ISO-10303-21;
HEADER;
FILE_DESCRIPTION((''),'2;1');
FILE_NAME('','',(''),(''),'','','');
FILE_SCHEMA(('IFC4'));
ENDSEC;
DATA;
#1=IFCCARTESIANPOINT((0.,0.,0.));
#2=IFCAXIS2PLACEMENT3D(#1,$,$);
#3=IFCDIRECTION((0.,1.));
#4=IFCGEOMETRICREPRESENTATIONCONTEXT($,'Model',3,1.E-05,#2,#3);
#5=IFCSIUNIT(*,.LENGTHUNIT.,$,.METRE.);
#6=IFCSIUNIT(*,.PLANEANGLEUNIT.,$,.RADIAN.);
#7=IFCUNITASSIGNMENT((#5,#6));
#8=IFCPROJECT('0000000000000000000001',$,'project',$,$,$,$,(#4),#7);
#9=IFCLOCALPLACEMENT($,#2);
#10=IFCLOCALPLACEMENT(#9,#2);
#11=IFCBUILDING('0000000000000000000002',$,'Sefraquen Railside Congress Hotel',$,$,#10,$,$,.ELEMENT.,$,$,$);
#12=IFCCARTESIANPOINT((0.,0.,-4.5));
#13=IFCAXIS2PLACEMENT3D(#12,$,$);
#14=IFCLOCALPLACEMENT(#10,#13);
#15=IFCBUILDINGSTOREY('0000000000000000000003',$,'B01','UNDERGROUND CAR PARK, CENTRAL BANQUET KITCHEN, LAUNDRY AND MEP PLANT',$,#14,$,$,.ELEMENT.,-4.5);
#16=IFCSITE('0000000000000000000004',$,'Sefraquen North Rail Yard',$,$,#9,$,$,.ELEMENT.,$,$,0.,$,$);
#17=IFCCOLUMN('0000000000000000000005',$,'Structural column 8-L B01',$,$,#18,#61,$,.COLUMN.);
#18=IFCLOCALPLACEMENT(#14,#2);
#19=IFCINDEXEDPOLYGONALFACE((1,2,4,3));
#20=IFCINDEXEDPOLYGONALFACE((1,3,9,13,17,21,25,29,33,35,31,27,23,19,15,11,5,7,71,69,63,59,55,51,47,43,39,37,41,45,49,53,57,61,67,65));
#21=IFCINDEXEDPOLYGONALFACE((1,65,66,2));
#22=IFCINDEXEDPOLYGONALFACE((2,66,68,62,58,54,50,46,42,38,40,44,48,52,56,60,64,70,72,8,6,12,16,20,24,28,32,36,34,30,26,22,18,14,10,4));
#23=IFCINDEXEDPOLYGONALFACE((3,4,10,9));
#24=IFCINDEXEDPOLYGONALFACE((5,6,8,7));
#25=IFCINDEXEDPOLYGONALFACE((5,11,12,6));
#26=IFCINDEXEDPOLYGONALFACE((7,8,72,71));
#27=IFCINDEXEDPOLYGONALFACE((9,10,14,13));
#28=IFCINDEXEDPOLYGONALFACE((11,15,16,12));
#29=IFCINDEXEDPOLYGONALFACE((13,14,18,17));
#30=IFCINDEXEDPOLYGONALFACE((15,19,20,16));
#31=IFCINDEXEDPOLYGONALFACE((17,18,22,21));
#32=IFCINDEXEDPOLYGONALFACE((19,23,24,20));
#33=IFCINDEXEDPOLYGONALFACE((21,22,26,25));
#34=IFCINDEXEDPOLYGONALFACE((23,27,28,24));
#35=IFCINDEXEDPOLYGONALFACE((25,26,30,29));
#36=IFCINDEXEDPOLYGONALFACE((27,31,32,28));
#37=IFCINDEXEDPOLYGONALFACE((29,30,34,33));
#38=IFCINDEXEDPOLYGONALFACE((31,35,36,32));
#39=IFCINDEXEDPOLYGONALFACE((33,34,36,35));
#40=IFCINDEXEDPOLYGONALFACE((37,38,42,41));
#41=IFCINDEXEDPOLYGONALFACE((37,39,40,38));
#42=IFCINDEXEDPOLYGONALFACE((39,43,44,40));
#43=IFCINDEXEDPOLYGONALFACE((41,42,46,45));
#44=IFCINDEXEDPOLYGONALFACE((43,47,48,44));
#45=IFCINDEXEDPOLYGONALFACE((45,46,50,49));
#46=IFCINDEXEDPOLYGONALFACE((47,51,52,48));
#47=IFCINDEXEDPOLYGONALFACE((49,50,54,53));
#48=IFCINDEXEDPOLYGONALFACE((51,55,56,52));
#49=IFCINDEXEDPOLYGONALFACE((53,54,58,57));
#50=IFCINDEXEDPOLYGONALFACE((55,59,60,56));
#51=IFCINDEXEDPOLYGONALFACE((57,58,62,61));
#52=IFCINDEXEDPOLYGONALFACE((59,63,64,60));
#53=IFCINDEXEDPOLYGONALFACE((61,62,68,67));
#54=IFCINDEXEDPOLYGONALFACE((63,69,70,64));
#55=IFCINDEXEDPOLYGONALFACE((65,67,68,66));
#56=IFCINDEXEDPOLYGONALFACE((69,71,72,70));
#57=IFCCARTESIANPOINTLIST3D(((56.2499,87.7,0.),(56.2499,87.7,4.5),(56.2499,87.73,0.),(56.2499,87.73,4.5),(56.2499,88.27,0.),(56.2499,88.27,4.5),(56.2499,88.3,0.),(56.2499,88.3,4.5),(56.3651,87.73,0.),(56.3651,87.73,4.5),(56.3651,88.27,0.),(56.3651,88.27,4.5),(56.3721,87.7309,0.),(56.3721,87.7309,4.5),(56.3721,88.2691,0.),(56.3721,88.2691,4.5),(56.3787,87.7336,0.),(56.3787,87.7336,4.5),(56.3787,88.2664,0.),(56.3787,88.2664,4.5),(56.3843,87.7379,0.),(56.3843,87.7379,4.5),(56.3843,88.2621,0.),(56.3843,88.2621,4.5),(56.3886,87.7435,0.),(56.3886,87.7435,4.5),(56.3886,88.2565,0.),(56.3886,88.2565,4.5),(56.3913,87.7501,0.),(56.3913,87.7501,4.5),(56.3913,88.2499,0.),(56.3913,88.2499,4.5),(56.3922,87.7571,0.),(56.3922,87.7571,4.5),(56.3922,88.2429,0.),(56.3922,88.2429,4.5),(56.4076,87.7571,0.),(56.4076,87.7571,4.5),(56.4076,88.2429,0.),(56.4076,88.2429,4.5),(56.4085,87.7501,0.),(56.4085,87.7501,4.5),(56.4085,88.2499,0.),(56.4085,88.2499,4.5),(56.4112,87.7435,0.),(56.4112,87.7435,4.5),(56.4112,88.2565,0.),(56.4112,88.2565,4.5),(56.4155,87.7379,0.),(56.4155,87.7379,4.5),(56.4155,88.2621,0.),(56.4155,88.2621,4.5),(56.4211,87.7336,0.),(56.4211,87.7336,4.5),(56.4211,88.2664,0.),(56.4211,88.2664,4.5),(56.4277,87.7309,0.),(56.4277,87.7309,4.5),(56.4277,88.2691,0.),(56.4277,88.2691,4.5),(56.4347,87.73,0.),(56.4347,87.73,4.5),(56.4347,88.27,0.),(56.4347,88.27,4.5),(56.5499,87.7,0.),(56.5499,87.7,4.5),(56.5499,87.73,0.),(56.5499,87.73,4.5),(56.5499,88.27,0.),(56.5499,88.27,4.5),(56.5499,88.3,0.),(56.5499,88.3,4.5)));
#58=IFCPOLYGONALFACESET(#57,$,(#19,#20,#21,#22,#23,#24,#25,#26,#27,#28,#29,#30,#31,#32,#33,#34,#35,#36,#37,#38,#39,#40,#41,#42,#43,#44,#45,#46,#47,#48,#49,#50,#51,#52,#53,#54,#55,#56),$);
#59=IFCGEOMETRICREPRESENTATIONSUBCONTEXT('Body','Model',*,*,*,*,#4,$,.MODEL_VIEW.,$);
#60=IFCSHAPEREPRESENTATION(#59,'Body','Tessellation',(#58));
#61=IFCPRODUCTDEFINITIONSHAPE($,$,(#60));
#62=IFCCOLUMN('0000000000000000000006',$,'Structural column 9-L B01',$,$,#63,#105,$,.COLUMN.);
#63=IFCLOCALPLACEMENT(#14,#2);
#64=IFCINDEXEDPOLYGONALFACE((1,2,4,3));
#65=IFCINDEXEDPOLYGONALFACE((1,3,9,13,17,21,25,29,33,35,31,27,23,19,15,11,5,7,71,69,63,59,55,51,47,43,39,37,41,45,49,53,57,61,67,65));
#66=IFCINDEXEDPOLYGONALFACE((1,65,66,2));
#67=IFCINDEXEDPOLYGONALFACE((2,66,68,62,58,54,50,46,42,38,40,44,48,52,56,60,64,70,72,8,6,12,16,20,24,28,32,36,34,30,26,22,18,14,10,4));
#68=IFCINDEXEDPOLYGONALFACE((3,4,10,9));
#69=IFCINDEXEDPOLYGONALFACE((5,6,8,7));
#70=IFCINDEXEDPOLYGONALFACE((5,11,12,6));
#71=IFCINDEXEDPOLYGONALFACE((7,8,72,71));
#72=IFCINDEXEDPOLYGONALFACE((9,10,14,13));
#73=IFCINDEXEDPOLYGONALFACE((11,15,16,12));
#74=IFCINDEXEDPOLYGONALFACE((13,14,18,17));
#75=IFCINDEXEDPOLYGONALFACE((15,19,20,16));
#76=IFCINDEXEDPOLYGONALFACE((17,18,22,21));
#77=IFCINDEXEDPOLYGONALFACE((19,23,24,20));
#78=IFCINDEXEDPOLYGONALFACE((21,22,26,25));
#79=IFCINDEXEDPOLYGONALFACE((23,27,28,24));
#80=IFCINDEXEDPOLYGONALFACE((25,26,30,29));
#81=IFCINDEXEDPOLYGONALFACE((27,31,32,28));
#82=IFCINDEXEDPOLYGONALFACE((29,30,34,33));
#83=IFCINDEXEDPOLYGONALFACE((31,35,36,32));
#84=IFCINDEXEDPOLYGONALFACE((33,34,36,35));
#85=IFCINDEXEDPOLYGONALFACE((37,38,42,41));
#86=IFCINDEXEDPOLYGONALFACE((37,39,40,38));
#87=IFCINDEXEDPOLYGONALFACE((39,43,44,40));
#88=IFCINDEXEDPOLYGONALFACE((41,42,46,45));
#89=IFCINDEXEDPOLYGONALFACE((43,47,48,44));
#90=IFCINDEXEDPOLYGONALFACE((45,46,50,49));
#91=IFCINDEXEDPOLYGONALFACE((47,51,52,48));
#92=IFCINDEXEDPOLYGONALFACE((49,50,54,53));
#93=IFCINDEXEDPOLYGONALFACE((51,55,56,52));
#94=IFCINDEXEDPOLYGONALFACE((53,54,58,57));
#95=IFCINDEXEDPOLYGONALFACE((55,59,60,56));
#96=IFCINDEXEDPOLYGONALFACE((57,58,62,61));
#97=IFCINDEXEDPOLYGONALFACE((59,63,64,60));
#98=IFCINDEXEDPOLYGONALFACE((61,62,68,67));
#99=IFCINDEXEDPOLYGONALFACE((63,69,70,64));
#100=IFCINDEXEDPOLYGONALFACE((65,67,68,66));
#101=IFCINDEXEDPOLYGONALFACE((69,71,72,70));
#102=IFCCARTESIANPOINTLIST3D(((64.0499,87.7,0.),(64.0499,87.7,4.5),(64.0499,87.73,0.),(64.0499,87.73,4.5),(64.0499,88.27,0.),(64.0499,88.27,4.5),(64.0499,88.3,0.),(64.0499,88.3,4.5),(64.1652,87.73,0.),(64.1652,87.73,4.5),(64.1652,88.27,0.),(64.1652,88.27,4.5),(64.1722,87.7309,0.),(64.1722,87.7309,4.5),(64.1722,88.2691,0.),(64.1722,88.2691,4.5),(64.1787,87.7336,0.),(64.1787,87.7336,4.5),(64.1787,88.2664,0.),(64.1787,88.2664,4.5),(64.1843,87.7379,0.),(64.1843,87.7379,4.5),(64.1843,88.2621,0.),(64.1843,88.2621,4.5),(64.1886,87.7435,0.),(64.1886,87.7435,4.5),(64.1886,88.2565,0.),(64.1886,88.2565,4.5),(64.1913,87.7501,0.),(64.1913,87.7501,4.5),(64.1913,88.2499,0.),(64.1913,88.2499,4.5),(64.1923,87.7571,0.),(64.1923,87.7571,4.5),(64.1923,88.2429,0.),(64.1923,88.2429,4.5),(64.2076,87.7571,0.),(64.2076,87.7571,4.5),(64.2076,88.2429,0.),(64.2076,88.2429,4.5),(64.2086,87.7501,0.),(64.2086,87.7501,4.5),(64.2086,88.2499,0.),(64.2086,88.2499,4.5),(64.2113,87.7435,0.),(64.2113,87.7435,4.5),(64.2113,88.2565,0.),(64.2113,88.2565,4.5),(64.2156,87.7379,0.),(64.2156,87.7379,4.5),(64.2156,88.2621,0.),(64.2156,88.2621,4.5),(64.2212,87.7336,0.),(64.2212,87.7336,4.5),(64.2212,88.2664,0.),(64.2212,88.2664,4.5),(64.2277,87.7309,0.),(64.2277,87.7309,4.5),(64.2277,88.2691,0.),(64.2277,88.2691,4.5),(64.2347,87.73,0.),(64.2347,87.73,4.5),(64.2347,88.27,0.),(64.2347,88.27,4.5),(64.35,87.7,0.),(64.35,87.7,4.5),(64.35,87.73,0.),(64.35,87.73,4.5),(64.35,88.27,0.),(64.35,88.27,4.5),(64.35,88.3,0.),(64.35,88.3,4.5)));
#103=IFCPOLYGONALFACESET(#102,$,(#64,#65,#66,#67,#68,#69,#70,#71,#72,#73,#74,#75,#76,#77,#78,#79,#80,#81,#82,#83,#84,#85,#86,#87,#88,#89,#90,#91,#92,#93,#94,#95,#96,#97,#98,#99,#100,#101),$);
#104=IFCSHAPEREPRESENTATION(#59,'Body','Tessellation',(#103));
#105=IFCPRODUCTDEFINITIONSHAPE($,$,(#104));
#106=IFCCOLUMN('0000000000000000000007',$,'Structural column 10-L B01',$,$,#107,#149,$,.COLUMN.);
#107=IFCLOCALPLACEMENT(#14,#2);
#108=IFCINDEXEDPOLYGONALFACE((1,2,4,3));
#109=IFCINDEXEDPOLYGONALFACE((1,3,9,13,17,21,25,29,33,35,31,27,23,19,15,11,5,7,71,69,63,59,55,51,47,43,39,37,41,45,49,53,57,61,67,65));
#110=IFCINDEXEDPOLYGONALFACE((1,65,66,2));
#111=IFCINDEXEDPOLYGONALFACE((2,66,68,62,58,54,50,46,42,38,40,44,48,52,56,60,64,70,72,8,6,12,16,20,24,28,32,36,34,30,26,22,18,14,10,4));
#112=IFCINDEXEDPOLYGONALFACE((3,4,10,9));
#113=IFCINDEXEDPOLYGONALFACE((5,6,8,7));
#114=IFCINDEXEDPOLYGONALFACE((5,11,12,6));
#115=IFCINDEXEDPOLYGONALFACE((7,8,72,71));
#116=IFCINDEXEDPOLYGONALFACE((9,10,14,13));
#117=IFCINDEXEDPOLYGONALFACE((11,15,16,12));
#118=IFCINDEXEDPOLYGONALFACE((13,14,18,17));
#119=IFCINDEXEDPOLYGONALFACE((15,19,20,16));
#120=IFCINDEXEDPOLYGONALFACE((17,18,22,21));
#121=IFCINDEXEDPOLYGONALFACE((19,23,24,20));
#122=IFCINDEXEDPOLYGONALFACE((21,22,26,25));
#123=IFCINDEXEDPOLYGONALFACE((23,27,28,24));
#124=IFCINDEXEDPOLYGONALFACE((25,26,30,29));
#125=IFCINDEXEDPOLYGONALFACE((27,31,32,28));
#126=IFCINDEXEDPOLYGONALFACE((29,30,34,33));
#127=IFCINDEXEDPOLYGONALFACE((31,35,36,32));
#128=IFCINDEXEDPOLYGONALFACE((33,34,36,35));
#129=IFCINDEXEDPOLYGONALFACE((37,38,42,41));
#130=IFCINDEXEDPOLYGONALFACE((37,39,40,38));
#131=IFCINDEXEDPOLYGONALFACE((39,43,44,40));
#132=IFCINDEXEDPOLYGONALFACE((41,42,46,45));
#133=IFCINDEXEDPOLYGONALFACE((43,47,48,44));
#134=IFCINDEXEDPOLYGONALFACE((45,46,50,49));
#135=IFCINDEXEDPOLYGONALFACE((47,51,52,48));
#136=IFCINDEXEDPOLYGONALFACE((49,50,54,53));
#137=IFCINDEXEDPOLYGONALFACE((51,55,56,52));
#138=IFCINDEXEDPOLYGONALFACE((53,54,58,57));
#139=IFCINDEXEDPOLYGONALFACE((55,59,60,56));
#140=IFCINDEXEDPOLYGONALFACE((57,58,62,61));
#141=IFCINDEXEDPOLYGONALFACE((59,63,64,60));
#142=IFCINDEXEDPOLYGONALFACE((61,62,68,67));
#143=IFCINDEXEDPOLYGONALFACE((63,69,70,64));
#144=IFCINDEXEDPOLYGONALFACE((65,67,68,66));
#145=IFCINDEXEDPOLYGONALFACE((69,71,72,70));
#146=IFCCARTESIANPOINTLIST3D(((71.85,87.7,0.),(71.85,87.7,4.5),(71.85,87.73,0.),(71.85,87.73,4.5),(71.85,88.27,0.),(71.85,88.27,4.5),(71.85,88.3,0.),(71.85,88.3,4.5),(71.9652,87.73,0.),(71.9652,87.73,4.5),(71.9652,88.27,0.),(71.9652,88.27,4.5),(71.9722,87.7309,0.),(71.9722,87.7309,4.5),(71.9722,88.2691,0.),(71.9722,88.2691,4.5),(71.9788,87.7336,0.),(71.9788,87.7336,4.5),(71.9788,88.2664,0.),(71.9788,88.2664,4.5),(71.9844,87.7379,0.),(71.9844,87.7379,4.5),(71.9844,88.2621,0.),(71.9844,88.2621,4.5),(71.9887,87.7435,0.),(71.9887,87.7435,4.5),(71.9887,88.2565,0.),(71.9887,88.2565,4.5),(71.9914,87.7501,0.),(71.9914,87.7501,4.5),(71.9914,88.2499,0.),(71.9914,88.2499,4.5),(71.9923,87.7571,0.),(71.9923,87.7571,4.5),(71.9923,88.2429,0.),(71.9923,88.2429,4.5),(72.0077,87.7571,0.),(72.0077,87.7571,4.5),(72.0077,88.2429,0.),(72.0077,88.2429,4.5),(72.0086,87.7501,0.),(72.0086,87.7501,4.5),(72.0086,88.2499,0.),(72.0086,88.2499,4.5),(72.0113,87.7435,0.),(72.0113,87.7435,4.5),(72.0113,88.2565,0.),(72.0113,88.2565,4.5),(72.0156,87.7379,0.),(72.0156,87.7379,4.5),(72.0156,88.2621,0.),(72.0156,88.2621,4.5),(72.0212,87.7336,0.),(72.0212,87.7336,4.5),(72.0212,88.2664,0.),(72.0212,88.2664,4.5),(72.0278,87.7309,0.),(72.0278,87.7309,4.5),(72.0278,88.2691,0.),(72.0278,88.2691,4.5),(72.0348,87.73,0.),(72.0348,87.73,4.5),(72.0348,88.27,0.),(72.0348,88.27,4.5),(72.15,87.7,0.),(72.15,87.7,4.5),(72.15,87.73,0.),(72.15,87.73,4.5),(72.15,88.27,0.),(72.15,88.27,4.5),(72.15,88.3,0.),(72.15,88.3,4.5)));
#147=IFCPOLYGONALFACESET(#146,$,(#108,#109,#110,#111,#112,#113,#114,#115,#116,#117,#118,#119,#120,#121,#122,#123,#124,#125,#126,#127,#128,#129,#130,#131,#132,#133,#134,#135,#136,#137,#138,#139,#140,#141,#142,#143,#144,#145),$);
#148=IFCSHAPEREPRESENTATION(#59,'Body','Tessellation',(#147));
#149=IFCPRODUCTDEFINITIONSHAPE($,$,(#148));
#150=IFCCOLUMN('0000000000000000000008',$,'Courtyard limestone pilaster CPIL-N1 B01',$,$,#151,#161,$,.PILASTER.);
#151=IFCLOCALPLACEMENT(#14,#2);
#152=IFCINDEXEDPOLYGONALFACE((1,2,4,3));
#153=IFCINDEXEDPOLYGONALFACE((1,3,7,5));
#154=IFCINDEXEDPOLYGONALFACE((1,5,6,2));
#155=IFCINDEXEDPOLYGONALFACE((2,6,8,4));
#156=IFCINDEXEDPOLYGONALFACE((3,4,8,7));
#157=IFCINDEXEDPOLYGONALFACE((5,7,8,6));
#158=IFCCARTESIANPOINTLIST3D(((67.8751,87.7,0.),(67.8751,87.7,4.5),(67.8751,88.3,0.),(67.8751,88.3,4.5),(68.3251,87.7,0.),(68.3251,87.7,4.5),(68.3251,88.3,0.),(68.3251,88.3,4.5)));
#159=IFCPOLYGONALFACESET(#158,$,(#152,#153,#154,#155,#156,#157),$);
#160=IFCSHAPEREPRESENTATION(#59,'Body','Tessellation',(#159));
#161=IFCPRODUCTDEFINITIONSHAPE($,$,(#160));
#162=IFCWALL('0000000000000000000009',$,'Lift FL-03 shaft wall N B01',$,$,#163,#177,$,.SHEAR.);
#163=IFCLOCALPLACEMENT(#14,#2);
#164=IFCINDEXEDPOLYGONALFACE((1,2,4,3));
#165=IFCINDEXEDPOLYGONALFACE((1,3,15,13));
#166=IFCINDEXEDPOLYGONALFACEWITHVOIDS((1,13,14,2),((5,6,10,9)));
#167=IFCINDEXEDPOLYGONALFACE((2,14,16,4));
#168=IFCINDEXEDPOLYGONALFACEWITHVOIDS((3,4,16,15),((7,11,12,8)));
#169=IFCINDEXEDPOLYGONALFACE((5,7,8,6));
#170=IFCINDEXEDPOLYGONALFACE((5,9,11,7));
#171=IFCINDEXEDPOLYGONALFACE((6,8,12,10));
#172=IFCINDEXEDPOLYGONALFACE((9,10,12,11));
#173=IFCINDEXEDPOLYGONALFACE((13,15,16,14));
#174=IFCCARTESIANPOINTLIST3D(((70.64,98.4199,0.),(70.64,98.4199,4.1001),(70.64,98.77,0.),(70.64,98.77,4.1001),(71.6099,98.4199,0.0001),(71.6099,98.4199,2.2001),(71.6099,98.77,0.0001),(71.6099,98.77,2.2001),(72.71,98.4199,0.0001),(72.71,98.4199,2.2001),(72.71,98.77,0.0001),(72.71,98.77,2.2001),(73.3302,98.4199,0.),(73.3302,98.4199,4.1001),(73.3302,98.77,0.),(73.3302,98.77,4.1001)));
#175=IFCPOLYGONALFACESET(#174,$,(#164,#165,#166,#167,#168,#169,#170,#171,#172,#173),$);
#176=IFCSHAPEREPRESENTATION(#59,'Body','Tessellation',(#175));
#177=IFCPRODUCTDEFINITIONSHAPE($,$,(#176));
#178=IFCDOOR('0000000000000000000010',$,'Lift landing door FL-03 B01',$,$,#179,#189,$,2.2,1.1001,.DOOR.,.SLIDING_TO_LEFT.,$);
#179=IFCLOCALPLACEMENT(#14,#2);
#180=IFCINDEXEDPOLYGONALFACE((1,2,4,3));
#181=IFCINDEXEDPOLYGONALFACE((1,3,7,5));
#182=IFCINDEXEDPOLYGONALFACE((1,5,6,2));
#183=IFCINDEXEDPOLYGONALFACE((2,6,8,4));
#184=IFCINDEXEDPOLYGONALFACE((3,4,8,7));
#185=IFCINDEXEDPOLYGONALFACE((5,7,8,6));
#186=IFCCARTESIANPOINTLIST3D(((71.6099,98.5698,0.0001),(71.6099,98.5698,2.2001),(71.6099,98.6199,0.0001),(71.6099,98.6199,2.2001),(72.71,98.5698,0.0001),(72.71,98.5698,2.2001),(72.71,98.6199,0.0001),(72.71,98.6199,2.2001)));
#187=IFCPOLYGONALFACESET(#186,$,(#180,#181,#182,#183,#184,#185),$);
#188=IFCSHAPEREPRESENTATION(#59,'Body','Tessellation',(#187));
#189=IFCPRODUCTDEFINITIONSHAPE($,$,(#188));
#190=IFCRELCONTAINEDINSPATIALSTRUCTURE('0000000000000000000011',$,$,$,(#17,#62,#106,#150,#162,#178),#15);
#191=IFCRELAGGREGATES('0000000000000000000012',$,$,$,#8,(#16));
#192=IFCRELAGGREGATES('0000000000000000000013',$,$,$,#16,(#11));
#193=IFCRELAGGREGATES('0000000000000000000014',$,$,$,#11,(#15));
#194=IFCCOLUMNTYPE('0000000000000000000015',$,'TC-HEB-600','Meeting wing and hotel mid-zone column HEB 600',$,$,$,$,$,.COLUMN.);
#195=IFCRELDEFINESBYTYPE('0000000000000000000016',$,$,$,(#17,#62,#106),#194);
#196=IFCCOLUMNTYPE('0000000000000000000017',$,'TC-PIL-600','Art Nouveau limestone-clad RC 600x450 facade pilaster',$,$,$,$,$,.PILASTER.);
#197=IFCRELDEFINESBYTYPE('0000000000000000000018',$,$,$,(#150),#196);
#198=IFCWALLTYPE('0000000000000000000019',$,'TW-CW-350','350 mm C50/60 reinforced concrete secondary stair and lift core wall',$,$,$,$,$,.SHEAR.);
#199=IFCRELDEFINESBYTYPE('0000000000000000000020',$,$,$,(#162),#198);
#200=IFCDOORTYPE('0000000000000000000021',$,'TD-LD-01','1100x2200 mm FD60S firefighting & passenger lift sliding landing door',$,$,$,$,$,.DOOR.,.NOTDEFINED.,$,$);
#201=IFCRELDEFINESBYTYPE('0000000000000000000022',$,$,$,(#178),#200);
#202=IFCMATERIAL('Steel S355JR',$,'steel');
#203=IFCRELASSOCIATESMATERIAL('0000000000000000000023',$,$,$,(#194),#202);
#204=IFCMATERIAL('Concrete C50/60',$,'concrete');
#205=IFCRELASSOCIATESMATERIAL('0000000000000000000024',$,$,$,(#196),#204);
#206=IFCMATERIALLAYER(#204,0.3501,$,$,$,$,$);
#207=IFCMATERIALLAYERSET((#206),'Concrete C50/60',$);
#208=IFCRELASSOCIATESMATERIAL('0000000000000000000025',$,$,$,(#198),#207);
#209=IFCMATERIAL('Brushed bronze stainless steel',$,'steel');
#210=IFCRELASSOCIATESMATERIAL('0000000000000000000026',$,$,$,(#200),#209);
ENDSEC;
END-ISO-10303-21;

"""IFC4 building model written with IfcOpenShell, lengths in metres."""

from ifc_helpers import new_model, si_unit, direction, frame, frame_2d, origin, origin_2d, place, context, subcontext, project, spatial, rectangle, i_section, extrude, material, layer, layer_set, material_profile, profile_set, type_object, element, fill, save


model = new_model("IFC4")

# Units and contexts
model_context = context("Model", 3, precision=1e-05, world=origin(), true_north=direction((0.0, 1.0)))
body_context = subcontext(model_context, "Body", "Model", "MODEL_VIEW")
ifc_project = project(units=[si_unit("LENGTHUNIT", "METRE"), si_unit("PLANEANGLEUNIT", "RADIAN")], contexts=[model_context])

# Site, building, storey
site_placement = place(None, origin())
site = spatial("IfcSite", under=ifc_project, at=site_placement, Name="Sefraquen North Rail Yard", CompositionType="ELEMENT", RefElevation=0.0)
building_placement = place(site_placement, origin())
building = spatial("IfcBuilding", under=site, at=building_placement, Name="Sefraquen Railside Congress Hotel", CompositionType="ELEMENT")
storey_placement = place(building_placement, frame((0.0, 0.0, -4.5)))
storey = spatial("IfcBuildingStorey", under=building, at=storey_placement, Name="B01", Description="UNDERGROUND CAR PARK, CENTRAL BANQUET KITCHEN, LAUNDRY AND MEP PLANT", CompositionType="ELEMENT", Elevation=-4.5)

# Columns
ifc_material_1 = material(Name="Steel S355JR", Category="steel")
ifc_material_profile_1 = material_profile(ifc_material_1, i_section(OverallWidth=0.3, OverallDepth=0.6001, WebThickness=0.0154, FlangeThickness=0.03, FilletRadius=0.0271, at=origin_2d()), Name="HEB 600")
ifc_profile_set_1 = profile_set([ifc_material_profile_1], Name="Steel S355JR")
column_type_1 = type_object("IfcColumnType", Name="TC-HEB-600", Description="Meeting wing and hotel mid-zone column HEB 600", PredefinedType="COLUMN", material=ifc_profile_set_1)
for number, where, z_axis, x_axis, name in (
    (1, (56.3999, 88.0, 0.0), (0.0, 0.0, 1.0), (1.0, 0.0, 0.0), "Structural column 8-L B01"),
    (2, (64.2, 88.0, 0.0), (0.0, 0.0, 1.0), (1.0, 0.0, 0.0), "Structural column 9-L B01"),
    (3, (72.0, 88.0, 0.0), (0.0, 0.0, 1.0), (1.0, 0.0, 0.0), "Structural column 10-L B01"),
):
    element("IfcColumn", number, at=place(storey_placement, frame(where, z_axis=z_axis, x_axis=x_axis)), inside=storey, type_object=column_type_1, Name=name, PredefinedType="COLUMN", context=body_context, shape_type="SweptSolid", body=[
        extrude(i_section(OverallWidth=0.3, OverallDepth=0.6001, WebThickness=0.0154, FlangeThickness=0.03, FilletRadius=0.0271, at=origin_2d()), origin(), (0.0, 0.0, 1.0), 4.5),
    ])
ifc_material_2 = material(Name="Concrete C50/60", Category="concrete")
ifc_material_profile_2 = material_profile(ifc_material_2, rectangle(XDim=0.45, YDim=0.6001, at=origin_2d()), Name="RC 600x450")
ifc_profile_set_2 = profile_set([ifc_material_profile_2], Name="Concrete C50/60")
column_type_2 = type_object("IfcColumnType", Name="TC-PIL-600", Description="Art Nouveau limestone-clad RC 600x450 facade pilaster", PredefinedType="PILASTER", material=ifc_profile_set_2)
column_placement = place(storey_placement, frame((68.1001, 88.0, 0.0), z_axis=(0.0, 0.0, 1.0), x_axis=(1.0, 0.0, 0.0)))
element("IfcColumn", 4, at=column_placement, inside=storey, type_object=column_type_2, Name="Courtyard limestone pilaster CPIL-N1 B01", PredefinedType="PILASTER", context=body_context, shape_type="SweptSolid", body=[
    extrude(rectangle(XDim=0.45, YDim=0.6001, at=origin_2d()), origin(), (0.0, 0.0, 1.0), 4.5),
])

# Wall, opening, door
ifc_layer_1 = layer(ifc_material_2, 0.3501)
ifc_layer_set_1 = layer_set([ifc_layer_1], Name="Concrete C50/60")
wall_type_1 = type_object("IfcWallType", Name="TW-CW-350", Description="350 mm C50/60 reinforced concrete secondary stair and lift core wall", PredefinedType="SHEAR", material=ifc_layer_set_1)
wall_1_placement = place(storey_placement, frame((70.6399, 98.595, 0.0), z_axis=(0.0, 0.0, 1.0), x_axis=(1.0, 0.0, 0.0)))
wall_1 = element("IfcWall", 5, at=wall_1_placement, inside=storey, type_object=wall_type_1, Name="Lift FL-03 shaft wall N B01", PredefinedType="SHEAR", context=body_context, shape_type="SweptSolid", body=[
    extrude(rectangle(XDim=2.6902, YDim=0.3501, at=frame_2d((1.3452, 0.0))), origin(), (0.0, 0.0, 1.0), 4.1001),
])
opening_1_placement = place(wall_1_placement, frame((0.97, 0.0, 0.0)))
opening_1 = element("IfcOpeningElement", 6, at=opening_1_placement, cuts=wall_1, PredefinedType="OPENING", context=body_context, shape_type="SweptSolid", body=[
    extrude(rectangle(XDim=1.1001, YDim=2.2, at=frame_2d((0.55, 1.1001))), frame((0.0, 0.1851, 0.0), z_axis=(0.0, -1.0, 0.0), x_axis=(1.0, 0.0, 0.0)), (0.0, 0.0, 1.0), 0.3701),
])
ifc_material_3 = material(Name="Brushed bronze stainless steel", Category="steel")
door_type_1 = type_object("IfcDoorType", Name="TD-LD-01", Description="1100x2200 mm FD60S firefighting & passenger lift sliding landing door", OperationType="NOTDEFINED", PredefinedType="DOOR", material=ifc_material_3)
door_1_placement = place(opening_1_placement, origin())
door_1 = element("IfcDoor", 7, at=door_1_placement, inside=storey, type_object=door_type_1, Name="Lift landing door FL-03 B01", OperationType="SLIDING_TO_LEFT", OverallHeight=2.2, OverallWidth=1.1001, PredefinedType="DOOR", context=body_context, shape_type="SweptSolid", body=[
    extrude(rectangle(XDim=1.1001, YDim=2.2, at=frame_2d((0.55, 1.1001))), frame((0.0, 0.0249, 0.0), z_axis=(0.0, -1.0, 0.0), x_axis=(1.0, 0.0, 0.0)), (0.0, 0.0, 1.0), 0.05),
])
fill(opening_1, door_1)

save(model, "model.ifc")
